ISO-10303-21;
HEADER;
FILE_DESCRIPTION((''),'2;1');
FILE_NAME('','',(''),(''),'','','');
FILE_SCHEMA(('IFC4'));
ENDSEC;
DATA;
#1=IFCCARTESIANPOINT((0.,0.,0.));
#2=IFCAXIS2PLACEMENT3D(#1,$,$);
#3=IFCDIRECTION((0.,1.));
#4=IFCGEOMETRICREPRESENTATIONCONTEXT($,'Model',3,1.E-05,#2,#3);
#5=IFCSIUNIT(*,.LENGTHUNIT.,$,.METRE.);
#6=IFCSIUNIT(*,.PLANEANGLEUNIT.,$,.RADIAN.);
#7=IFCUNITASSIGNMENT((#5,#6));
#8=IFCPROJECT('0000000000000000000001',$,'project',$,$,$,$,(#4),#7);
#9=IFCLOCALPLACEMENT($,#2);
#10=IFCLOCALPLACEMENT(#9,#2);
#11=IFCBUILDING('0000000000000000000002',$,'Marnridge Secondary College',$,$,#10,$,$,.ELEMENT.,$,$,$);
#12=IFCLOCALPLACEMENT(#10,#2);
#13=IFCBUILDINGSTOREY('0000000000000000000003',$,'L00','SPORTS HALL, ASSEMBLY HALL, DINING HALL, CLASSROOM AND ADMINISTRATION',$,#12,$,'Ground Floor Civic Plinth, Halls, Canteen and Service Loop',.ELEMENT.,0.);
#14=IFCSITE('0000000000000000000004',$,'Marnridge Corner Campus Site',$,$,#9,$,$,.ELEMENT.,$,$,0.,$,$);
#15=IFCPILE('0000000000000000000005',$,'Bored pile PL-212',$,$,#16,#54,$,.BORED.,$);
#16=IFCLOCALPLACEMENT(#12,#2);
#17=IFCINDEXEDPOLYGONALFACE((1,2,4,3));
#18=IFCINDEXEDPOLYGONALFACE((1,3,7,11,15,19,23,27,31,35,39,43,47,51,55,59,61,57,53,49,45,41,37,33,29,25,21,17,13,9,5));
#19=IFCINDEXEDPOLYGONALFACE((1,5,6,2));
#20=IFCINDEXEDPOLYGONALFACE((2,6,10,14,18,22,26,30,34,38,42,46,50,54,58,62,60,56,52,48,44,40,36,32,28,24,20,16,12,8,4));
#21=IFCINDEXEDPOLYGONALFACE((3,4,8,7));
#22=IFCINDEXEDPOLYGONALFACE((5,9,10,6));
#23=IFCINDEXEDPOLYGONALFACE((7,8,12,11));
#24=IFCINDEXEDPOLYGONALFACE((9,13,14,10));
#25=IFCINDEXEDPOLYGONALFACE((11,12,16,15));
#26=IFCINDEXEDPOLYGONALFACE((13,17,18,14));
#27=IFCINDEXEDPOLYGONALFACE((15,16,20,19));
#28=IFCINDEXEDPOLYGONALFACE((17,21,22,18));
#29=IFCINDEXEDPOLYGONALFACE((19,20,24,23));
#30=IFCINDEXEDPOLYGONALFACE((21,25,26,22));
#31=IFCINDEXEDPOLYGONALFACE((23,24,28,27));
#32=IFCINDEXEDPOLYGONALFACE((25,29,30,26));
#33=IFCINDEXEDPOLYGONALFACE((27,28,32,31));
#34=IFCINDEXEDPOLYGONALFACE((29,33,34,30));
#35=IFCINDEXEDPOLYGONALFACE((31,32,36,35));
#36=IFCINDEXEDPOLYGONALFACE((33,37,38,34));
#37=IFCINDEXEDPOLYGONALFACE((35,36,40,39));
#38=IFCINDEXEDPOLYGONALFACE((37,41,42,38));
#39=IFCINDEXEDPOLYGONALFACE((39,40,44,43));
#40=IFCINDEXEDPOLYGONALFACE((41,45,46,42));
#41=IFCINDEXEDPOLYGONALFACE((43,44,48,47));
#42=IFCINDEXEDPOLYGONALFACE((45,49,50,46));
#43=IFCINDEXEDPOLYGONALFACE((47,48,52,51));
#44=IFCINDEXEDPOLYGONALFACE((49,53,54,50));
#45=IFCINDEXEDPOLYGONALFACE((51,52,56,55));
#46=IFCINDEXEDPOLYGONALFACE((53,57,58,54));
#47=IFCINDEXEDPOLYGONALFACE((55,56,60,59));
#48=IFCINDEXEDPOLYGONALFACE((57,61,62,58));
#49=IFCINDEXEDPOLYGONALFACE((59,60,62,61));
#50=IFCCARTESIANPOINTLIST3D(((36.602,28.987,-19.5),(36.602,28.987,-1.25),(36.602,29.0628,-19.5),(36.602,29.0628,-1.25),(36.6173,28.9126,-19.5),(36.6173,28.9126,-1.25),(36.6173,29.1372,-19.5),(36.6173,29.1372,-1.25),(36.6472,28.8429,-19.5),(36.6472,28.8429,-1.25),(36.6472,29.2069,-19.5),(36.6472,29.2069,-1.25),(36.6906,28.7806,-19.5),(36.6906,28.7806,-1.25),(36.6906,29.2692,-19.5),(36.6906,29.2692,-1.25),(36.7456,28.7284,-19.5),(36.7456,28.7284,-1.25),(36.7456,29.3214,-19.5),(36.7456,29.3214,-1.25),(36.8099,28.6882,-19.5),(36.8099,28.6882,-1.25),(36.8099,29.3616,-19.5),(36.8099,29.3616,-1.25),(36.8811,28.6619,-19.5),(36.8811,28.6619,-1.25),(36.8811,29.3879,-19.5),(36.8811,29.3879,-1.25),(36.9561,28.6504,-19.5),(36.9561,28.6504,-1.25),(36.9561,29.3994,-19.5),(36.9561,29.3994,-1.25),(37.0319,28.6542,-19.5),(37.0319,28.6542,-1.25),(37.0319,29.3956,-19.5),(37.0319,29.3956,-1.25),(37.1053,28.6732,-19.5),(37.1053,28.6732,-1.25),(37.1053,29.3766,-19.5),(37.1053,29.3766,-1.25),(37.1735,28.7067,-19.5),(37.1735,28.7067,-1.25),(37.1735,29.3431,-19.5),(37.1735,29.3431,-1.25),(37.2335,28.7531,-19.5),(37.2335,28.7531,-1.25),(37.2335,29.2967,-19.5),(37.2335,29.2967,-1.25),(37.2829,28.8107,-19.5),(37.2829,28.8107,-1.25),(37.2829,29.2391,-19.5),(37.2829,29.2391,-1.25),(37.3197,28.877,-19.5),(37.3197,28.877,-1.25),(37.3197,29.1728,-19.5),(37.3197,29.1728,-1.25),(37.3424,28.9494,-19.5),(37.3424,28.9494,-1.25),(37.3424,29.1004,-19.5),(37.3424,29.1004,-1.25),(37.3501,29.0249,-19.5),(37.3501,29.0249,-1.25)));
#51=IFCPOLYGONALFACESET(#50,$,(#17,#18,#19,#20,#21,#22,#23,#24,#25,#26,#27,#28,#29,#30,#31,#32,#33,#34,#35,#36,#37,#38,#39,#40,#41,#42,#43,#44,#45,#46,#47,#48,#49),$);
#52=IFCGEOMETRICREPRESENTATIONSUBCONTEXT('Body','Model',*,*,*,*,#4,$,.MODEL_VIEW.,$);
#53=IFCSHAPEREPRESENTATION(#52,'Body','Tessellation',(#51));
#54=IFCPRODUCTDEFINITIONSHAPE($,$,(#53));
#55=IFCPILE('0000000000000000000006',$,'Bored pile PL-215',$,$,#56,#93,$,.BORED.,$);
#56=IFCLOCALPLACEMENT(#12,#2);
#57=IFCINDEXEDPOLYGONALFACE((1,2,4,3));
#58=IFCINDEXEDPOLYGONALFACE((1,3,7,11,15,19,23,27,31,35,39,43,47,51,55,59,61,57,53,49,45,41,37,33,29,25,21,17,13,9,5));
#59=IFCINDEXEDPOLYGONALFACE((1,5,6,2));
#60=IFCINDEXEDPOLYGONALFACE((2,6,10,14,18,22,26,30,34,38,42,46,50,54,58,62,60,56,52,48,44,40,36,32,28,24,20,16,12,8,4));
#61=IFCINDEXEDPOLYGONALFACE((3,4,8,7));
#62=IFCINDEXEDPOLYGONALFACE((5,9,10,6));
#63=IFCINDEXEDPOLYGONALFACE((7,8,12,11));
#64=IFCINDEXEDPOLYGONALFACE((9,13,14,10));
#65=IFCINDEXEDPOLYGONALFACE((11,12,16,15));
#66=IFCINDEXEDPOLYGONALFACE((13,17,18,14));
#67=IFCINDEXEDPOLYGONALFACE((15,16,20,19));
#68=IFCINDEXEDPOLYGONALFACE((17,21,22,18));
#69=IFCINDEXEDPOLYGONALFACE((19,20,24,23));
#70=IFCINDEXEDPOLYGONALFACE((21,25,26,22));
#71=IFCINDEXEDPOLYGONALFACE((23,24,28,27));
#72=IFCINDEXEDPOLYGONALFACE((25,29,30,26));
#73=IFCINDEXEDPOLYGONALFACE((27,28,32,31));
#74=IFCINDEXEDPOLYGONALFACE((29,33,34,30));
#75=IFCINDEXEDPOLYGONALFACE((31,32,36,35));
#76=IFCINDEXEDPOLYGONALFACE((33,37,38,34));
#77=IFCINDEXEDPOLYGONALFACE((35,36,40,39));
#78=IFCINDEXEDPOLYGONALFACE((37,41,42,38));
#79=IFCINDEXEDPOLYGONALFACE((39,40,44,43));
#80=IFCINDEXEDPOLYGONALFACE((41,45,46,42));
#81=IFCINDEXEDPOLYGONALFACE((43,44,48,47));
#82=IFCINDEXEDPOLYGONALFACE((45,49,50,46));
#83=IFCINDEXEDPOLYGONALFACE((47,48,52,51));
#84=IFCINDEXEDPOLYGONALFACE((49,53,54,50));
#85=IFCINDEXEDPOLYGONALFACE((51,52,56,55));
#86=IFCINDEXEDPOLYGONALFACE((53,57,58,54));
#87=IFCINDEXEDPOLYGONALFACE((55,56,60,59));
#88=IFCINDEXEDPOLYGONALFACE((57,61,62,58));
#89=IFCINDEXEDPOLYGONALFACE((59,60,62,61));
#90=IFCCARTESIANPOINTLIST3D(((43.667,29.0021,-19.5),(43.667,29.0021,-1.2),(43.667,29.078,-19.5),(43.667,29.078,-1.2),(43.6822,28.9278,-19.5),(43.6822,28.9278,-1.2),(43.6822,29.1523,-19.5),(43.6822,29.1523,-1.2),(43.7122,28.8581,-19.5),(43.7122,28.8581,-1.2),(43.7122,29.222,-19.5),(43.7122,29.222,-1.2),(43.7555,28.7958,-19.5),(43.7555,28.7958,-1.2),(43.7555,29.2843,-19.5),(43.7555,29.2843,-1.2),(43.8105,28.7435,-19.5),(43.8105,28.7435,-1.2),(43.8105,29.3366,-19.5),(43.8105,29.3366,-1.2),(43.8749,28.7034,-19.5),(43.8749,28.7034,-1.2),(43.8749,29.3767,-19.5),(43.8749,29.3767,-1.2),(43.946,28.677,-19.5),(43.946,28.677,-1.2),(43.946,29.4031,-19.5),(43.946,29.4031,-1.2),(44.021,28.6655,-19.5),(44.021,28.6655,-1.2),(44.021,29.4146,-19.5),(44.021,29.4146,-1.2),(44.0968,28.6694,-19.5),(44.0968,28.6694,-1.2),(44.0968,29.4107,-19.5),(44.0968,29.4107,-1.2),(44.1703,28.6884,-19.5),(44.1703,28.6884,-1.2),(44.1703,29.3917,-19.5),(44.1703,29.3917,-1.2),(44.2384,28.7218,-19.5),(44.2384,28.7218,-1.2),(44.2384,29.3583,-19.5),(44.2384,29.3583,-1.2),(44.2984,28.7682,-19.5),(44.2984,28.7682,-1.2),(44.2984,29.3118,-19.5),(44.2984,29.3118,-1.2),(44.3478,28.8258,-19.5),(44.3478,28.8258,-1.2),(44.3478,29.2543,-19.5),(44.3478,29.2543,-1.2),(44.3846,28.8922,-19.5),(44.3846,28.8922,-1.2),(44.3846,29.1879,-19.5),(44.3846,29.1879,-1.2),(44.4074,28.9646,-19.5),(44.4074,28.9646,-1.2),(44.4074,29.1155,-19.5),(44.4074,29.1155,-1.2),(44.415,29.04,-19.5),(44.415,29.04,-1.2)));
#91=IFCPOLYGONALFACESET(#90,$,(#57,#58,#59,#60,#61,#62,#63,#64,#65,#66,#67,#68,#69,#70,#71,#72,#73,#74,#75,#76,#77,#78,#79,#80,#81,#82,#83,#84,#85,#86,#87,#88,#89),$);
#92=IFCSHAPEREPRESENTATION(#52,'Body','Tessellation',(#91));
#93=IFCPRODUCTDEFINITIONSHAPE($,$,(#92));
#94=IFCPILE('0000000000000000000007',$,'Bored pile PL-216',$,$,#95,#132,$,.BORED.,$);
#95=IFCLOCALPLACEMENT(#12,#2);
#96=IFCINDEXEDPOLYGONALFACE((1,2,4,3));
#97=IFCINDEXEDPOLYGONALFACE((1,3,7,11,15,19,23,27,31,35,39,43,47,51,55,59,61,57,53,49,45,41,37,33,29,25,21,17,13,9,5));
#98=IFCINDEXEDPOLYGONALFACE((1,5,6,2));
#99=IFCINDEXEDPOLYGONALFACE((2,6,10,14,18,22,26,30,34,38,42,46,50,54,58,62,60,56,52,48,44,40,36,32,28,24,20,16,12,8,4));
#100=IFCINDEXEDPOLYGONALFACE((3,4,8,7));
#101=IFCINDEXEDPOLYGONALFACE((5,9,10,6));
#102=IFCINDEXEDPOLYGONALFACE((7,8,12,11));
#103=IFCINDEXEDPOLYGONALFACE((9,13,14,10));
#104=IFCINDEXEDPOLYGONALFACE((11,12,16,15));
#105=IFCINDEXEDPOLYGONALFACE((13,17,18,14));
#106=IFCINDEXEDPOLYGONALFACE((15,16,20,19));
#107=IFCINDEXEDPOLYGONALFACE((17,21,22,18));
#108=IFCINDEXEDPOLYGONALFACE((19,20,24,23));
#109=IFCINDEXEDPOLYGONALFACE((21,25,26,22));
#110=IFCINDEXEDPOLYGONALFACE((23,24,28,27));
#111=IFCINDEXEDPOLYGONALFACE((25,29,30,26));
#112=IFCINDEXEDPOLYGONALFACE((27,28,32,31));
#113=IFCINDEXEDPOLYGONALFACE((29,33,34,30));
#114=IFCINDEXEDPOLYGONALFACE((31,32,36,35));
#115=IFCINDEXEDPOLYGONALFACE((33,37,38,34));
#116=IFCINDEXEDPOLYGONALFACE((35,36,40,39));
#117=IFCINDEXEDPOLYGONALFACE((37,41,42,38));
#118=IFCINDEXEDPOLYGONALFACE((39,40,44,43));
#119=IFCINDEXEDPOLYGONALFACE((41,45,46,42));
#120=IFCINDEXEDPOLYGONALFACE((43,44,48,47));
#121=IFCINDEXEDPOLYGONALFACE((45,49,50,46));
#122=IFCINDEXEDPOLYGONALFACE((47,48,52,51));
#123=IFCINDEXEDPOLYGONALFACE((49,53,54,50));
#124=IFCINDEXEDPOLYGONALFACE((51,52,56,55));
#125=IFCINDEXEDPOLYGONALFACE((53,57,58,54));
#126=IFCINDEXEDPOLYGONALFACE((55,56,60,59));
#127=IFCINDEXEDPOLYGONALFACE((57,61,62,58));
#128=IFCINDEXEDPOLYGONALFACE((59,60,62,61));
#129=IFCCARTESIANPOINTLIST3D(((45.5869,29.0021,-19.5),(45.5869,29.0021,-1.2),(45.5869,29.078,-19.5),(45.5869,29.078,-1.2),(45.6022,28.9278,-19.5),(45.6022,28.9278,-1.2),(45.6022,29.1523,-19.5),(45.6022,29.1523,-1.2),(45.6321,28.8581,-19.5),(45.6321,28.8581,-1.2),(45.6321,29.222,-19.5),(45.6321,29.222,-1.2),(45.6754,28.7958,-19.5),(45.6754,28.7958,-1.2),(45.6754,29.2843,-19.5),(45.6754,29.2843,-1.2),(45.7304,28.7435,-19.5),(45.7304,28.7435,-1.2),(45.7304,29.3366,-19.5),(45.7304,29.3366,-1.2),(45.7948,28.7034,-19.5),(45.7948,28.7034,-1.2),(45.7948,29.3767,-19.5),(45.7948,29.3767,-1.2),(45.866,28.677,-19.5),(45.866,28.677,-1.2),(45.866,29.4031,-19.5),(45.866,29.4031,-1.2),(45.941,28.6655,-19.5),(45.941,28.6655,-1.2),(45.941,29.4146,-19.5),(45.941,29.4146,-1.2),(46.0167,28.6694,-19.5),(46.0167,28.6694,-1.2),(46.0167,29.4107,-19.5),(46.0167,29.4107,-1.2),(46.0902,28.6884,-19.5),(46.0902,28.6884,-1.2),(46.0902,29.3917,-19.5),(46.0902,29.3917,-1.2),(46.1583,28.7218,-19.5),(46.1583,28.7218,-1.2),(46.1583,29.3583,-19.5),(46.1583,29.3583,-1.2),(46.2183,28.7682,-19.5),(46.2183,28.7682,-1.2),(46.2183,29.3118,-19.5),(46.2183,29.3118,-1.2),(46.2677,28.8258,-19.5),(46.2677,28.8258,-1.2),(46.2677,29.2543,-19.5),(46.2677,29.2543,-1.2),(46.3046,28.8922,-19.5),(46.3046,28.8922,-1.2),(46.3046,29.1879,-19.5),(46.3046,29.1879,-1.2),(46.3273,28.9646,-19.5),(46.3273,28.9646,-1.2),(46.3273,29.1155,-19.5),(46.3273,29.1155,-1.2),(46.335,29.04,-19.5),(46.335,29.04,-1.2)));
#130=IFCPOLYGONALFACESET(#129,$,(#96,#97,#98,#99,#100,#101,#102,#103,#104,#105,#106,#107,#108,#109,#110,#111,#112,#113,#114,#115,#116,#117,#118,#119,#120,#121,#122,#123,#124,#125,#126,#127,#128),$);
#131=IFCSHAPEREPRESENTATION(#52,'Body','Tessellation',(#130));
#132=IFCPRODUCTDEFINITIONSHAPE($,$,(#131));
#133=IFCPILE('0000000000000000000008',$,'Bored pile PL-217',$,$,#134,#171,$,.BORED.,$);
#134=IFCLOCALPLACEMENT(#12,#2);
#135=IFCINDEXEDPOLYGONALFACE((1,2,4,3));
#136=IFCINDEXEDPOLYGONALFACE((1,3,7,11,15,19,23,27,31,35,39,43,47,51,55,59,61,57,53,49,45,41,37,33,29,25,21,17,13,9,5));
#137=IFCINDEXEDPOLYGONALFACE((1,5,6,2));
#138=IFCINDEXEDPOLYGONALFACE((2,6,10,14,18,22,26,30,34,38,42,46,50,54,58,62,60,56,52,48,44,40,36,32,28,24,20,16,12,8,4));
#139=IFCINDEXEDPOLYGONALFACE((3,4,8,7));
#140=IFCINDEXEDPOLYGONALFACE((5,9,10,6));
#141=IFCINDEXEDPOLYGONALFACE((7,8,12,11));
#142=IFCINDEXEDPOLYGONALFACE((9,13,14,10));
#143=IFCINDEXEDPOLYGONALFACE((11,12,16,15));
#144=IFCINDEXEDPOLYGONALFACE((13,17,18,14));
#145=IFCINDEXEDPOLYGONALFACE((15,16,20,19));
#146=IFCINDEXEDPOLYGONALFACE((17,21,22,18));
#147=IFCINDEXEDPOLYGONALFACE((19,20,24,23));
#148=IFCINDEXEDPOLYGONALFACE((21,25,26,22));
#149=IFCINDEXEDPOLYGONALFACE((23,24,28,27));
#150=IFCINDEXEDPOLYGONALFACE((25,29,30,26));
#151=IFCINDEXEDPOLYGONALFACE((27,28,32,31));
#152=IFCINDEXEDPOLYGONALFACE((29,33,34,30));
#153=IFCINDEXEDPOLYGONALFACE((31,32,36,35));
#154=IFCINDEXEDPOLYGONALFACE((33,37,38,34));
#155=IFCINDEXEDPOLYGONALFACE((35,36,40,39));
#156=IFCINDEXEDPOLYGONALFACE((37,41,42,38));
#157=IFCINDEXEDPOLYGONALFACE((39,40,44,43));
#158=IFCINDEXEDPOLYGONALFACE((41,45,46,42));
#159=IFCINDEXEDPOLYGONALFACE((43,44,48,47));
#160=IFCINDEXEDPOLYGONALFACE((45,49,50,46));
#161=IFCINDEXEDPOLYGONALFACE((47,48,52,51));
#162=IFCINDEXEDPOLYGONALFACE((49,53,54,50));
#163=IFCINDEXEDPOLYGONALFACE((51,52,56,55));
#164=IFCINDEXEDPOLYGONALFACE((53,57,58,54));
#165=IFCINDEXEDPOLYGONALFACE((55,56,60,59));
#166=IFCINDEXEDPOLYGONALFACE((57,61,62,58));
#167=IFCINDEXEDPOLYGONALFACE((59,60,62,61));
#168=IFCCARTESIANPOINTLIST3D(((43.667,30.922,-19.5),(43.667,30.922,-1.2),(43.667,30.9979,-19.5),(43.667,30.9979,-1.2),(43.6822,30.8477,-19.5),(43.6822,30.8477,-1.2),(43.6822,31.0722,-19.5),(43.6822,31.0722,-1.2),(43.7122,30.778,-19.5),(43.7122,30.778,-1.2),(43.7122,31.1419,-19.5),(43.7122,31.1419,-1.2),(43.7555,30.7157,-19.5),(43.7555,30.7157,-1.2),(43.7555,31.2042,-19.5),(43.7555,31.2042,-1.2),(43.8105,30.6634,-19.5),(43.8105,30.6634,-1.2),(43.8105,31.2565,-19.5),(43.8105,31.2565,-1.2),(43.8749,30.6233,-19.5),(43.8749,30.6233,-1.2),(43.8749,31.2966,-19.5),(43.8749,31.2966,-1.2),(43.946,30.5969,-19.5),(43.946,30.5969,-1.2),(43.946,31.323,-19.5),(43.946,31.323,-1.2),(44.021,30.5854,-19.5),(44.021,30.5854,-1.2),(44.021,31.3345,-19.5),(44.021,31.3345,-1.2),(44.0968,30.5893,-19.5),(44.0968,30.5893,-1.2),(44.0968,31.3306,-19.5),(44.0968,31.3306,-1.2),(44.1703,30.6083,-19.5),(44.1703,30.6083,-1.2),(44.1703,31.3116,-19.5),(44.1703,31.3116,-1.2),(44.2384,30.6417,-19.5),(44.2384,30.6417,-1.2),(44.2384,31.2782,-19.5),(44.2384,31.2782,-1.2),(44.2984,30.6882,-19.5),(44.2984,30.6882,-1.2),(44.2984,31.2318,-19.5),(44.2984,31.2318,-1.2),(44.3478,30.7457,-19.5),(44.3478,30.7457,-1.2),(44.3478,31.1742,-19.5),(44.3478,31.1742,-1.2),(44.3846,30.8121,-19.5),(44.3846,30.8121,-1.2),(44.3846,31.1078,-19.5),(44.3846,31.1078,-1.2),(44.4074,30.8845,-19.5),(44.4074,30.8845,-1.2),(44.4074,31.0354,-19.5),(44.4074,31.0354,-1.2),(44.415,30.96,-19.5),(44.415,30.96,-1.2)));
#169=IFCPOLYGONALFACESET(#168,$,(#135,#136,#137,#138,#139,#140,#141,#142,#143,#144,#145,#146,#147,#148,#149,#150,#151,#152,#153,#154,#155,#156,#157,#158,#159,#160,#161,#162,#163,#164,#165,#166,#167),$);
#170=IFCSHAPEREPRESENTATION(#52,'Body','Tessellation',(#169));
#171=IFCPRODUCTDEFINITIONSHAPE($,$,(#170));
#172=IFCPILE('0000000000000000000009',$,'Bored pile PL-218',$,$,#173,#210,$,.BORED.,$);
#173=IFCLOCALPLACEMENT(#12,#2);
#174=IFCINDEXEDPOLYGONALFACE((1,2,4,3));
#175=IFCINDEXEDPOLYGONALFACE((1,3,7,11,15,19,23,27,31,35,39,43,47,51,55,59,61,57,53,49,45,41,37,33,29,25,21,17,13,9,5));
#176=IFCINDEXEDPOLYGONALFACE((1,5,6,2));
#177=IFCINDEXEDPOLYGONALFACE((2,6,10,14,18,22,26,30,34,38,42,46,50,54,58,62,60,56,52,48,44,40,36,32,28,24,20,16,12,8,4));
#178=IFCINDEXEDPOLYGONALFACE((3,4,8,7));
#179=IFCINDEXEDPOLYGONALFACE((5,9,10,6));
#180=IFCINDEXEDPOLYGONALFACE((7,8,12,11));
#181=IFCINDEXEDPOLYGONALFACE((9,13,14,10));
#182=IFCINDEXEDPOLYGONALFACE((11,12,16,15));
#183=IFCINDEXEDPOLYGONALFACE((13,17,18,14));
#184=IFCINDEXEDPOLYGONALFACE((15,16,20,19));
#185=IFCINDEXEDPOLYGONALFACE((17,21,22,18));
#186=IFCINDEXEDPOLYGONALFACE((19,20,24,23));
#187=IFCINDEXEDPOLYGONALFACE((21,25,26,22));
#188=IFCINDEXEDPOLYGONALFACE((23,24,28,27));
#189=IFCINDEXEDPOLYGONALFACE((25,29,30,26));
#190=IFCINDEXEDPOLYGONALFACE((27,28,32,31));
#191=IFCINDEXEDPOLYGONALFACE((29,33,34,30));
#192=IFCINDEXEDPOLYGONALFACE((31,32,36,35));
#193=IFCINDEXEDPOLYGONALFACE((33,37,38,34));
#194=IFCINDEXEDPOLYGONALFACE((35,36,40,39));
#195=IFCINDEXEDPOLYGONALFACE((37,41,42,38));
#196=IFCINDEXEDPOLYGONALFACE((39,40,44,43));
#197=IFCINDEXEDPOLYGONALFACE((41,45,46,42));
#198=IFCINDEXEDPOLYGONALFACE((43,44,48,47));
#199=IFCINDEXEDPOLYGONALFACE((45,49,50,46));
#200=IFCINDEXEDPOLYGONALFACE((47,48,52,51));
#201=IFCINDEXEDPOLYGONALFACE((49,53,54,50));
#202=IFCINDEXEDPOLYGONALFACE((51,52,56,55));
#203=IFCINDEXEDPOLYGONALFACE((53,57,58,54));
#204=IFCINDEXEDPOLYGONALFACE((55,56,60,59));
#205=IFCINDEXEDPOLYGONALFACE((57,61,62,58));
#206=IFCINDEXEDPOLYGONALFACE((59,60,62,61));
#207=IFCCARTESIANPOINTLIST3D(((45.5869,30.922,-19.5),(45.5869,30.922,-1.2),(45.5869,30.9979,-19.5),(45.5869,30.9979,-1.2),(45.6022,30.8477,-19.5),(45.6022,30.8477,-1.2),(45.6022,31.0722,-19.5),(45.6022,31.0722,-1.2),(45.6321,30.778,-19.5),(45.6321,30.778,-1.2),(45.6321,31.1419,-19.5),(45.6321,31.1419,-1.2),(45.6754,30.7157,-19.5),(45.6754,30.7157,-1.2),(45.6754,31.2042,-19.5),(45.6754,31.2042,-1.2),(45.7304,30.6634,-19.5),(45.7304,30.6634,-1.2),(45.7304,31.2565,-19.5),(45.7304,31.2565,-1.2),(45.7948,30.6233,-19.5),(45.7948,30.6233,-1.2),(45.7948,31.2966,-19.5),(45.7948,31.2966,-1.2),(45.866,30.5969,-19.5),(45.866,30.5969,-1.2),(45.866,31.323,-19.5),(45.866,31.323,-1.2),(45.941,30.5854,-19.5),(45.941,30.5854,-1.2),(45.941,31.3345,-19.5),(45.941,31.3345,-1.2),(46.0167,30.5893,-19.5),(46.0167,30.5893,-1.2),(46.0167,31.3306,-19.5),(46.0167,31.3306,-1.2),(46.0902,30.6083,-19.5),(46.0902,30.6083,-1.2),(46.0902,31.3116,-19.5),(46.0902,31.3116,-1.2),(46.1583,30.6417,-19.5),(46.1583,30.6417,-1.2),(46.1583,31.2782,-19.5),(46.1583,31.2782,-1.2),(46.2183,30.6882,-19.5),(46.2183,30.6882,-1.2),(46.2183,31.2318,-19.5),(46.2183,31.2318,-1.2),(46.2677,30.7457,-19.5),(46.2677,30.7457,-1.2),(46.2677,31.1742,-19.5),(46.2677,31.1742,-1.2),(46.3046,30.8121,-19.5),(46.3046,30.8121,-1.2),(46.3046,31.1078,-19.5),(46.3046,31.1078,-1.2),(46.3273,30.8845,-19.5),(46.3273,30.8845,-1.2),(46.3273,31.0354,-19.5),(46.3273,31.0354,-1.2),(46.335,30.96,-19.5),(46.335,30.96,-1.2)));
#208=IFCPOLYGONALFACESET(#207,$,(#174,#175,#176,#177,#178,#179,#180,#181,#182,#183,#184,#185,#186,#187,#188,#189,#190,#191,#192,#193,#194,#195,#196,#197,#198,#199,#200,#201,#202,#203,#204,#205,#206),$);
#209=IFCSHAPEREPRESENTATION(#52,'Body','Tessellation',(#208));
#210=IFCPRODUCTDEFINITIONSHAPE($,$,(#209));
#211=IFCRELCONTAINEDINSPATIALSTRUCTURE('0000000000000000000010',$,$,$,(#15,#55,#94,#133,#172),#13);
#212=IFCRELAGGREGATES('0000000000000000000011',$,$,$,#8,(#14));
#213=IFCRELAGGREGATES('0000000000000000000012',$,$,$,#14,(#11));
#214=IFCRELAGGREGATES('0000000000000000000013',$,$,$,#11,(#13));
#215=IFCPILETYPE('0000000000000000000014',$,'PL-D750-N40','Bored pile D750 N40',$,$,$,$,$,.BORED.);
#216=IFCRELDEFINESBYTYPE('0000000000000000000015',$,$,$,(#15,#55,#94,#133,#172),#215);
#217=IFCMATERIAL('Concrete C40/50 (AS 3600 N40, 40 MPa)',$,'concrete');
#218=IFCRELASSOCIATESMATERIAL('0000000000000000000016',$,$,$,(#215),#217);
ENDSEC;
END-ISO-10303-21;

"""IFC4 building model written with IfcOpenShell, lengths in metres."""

from ifc_helpers import new_model, si_unit, direction, frame, origin, origin_2d, place, context, subcontext, project, spatial, circle, extrude, material, material_profile, profile_set, type_object, element, save


model = new_model("IFC4")

# Units and contexts
model_context = context("Model", 3, precision=1e-05, world=origin(), true_north=direction((0.0, 1.0)))
body_context = subcontext(model_context, "Body", "Model", "MODEL_VIEW")
ifc_project = project(units=[si_unit("LENGTHUNIT", "METRE"), si_unit("PLANEANGLEUNIT", "RADIAN")], contexts=[model_context])

# Site, building, storey
site_placement = place(None, origin())
site = spatial("IfcSite", under=ifc_project, at=site_placement, Name="Marnridge Corner Campus Site", CompositionType="ELEMENT", RefElevation=0.0)
building_placement = place(site_placement, origin())
building = spatial("IfcBuilding", under=site, at=building_placement, Name="Marnridge Secondary College", CompositionType="ELEMENT")
storey_placement = place(building_placement, origin())
storey = spatial("IfcBuildingStorey", under=building, at=storey_placement, Name="L00", Description="SPORTS HALL, ASSEMBLY HALL, DINING HALL, CLASSROOM AND ADMINISTRATION", LongName="Ground Floor Civic Plinth, Halls, Canteen and Service Loop", CompositionType="ELEMENT", Elevation=0.0)

# Piles
ifc_material_1 = material(Name="Concrete C40/50 (AS 3600 N40, 40 MPa)", Category="concrete")
ifc_material_profile_1 = material_profile(ifc_material_1, circle(Radius=0.375, at=origin_2d()), Name="PILE D750")
ifc_profile_set_1 = profile_set([ifc_material_profile_1], Name="Concrete C40/50 (AS 3600 N40, 40 MPa)")
pile_type = type_object("IfcPileType", Name="PL-D750-N40", Description="Bored pile D750 N40", PredefinedType="BORED", material=ifc_profile_set_1)
pile_1_placement = place(storey_placement, frame((36.9751, 29.0249, -1.25), z_axis=(0.0, 0.0, -1.0), x_axis=(1.0, 0.0, 0.0)))
element("IfcPile", 1, at=pile_1_placement, inside=storey, type_object=pile_type, Name="Bored pile PL-212", PredefinedType="BORED", context=body_context, shape_type="SweptSolid", body=[
    extrude(circle(Radius=0.375, at=origin_2d()), origin(), (0.0, 0.0, 1.0), 18.25),
])
for number, where, z_axis, x_axis, name in (
    (2, (44.04, 29.04, -1.2), (0.0, 0.0, -1.0), (1.0, 0.0, 0.0), "Bored pile PL-215"),
    (3, (45.96, 29.04, -1.2), (0.0, 0.0, -1.0), (1.0, 0.0, 0.0), "Bored pile PL-216"),
    (4, (44.04, 30.96, -1.2), (0.0, 0.0, -1.0), (1.0, 0.0, 0.0), "Bored pile PL-217"),
    (5, (45.96, 30.96, -1.2), (0.0, 0.0, -1.0), (1.0, 0.0, 0.0), "Bored pile PL-218"),
):
    element("IfcPile", number, at=place(storey_placement, frame(where, z_axis=z_axis, x_axis=x_axis)), inside=storey, type_object=pile_type, Name=name, PredefinedType="BORED", context=body_context, shape_type="SweptSolid", body=[
        extrude(circle(Radius=0.375, at=origin_2d()), origin(), (0.0, 0.0, 1.0), 18.3),
    ])

save(model, "model.ifc")
